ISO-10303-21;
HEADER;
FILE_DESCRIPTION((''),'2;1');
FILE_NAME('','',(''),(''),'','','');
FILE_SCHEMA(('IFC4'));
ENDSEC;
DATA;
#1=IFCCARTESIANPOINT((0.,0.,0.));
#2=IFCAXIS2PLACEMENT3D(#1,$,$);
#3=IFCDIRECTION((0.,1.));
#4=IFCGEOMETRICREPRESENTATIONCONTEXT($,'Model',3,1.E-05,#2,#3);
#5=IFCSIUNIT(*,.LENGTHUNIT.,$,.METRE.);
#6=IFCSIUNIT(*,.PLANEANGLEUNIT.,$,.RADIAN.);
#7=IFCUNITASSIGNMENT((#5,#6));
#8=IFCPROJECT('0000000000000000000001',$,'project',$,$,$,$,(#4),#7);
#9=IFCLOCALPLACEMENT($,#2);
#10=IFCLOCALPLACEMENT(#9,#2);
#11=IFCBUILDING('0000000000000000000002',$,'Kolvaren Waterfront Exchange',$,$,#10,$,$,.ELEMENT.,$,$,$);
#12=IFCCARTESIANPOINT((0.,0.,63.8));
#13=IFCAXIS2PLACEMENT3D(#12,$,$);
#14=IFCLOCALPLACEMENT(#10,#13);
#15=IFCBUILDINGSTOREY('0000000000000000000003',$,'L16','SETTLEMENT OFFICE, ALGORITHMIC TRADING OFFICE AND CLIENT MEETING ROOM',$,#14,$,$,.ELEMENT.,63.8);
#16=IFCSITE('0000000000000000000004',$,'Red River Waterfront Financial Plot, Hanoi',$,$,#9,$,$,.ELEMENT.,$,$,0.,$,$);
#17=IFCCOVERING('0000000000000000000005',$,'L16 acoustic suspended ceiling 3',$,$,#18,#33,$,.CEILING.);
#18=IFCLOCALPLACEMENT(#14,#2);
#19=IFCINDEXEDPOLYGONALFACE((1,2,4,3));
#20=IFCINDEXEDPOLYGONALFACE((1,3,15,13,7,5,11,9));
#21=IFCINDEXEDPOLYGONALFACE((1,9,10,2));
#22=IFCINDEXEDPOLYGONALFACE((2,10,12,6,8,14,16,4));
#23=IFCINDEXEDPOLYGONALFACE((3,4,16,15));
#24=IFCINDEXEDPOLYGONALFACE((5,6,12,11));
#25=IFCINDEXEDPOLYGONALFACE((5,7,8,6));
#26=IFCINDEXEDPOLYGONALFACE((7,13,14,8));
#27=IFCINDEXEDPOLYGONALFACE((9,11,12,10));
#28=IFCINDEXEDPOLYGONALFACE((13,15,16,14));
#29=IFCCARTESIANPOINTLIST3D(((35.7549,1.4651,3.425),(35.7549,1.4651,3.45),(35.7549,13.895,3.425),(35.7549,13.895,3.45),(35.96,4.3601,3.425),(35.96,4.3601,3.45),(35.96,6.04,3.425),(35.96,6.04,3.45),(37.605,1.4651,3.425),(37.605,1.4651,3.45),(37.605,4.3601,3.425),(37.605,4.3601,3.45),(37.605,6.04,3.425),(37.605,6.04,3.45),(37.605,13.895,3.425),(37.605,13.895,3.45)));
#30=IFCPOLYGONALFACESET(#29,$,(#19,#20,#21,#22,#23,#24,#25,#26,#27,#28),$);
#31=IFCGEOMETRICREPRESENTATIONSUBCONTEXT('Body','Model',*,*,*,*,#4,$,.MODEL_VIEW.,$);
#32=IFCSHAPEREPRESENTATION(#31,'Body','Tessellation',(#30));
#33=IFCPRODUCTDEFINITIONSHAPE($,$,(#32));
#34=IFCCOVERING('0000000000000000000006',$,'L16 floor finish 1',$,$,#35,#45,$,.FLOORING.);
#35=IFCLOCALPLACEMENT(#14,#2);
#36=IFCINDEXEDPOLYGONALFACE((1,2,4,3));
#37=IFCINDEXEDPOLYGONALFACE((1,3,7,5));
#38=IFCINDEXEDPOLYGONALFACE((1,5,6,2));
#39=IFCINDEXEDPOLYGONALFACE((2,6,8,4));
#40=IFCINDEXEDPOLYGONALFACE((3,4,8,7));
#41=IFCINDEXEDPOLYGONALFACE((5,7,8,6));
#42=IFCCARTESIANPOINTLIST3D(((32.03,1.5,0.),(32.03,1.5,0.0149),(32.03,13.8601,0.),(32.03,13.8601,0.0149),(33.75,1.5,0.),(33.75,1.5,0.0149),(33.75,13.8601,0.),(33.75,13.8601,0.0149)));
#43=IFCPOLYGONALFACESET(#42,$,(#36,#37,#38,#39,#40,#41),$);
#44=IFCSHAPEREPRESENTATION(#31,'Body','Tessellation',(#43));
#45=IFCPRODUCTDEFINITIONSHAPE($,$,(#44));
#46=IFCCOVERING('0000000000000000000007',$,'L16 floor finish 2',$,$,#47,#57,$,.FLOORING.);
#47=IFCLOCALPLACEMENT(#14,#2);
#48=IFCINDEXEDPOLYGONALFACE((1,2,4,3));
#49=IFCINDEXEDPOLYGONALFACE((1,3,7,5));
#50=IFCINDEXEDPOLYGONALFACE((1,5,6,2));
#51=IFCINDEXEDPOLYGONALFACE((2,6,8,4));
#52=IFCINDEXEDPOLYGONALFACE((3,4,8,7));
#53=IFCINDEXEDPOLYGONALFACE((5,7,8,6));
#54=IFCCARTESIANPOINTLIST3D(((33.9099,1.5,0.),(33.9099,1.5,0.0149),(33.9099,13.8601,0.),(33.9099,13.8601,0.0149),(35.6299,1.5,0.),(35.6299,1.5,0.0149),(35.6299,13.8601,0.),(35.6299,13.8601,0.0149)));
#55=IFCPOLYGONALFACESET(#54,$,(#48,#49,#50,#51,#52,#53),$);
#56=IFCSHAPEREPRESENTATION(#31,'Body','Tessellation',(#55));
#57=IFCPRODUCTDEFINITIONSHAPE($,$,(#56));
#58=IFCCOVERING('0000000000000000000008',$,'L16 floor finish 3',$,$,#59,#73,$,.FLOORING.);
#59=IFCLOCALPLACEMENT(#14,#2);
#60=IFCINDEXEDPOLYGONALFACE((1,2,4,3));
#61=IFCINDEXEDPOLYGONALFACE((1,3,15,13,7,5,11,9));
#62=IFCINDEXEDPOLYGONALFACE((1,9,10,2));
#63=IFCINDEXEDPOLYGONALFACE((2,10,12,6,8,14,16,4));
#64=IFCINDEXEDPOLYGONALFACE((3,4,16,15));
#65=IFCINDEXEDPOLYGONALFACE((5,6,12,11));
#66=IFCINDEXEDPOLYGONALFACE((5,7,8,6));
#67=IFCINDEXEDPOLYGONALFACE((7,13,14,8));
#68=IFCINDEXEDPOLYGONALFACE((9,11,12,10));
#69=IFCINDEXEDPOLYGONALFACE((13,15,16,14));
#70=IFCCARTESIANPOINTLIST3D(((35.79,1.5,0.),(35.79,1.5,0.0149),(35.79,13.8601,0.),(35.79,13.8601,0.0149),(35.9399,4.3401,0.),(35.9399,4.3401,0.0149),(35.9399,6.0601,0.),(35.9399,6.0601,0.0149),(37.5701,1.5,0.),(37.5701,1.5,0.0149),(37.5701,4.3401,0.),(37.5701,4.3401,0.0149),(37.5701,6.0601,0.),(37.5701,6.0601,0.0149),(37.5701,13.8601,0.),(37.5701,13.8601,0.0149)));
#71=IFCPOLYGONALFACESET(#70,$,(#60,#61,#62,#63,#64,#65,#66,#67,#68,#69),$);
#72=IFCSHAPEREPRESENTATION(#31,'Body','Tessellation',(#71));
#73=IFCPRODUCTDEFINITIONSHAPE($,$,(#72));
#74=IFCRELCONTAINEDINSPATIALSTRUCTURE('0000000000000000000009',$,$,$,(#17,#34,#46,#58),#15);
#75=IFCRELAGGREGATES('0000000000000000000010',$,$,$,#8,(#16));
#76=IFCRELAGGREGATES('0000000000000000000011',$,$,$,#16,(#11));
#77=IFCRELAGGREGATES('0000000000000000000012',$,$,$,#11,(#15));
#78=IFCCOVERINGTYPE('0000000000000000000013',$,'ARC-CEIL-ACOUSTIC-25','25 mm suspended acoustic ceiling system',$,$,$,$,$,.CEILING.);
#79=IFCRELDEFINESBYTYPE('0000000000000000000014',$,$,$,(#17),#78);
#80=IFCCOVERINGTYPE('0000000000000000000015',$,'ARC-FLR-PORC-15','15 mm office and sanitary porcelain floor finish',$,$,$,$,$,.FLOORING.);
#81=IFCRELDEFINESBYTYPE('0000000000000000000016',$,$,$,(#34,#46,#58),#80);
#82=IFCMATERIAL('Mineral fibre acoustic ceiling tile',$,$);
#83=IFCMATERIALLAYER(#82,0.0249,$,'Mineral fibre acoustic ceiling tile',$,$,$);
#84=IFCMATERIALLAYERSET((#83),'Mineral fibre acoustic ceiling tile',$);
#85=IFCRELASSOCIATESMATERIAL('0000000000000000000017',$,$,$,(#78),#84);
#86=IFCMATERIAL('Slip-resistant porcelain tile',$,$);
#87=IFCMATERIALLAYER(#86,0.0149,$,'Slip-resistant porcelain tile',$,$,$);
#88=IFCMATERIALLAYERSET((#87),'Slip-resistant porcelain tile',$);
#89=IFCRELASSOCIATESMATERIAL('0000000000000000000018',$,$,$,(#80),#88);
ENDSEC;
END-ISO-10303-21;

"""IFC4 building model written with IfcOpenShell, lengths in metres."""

from ifc_helpers import new_model, si_unit, direction, frame, origin, place, context, subcontext, project, spatial, polyline, outline, extrude, material, layer, layer_set, type_object, element, save


model = new_model("IFC4")

# Units and contexts
model_context = context("Model", 3, precision=1e-05, world=origin(), true_north=direction((0.0, 1.0)))
body_context = subcontext(model_context, "Body", "Model", "MODEL_VIEW")
ifc_project = project(units=[si_unit("LENGTHUNIT", "METRE"), si_unit("PLANEANGLEUNIT", "RADIAN")], contexts=[model_context])

# Site, building, storey
site_placement = place(None, origin())
site = spatial("IfcSite", under=ifc_project, at=site_placement, Name="Red River Waterfront Financial Plot, Hanoi", CompositionType="ELEMENT", RefElevation=0.0)
building_placement = place(site_placement, origin())
building = spatial("IfcBuilding", under=site, at=building_placement, Name="Kolvaren Waterfront Exchange", CompositionType="ELEMENT")
storey_placement = place(building_placement, frame((0.0, 0.0, 63.8)))
storey = spatial("IfcBuildingStorey", under=building, at=storey_placement, Name="L16", Description="SETTLEMENT OFFICE, ALGORITHMIC TRADING OFFICE AND CLIENT MEETING ROOM", CompositionType="ELEMENT", Elevation=63.8)

# Coverings
ifc_material_1 = material(Name="Mineral fibre acoustic ceiling tile")
ifc_layer_1 = layer(ifc_material_1, 0.0249, Name="Mineral fibre acoustic ceiling tile")
ifc_layer_set_1 = layer_set([ifc_layer_1], Name="Mineral fibre acoustic ceiling tile")
covering_type_1 = type_object("IfcCoveringType", Name="ARC-CEIL-ACOUSTIC-25", Description="25 mm suspended acoustic ceiling system", PredefinedType="CEILING", material=ifc_layer_set_1)
covering_1_placement = place(storey_placement, frame((0.0, 0.0, 3.425)))
element("IfcCovering", 1, at=covering_1_placement, inside=storey, type_object=covering_type_1, Name="L16 acoustic suspended ceiling 3", PredefinedType="CEILING", context=body_context, shape_type="SweptSolid", body=[
    extrude(outline(polyline([(37.605, 4.3601), (35.96, 4.3601), (35.96, 6.04), (37.605, 6.04), (37.605, 13.895), (35.7549, 13.895), (35.7549, 1.4651), (37.605, 1.4651), (37.605, 4.3601)])), origin(), (0.0, 0.0, 1.0), 0.0249),
])
ifc_material_2 = material(Name="Slip-resistant porcelain tile")
ifc_layer_2 = layer(ifc_material_2, 0.0149, Name="Slip-resistant porcelain tile")
ifc_layer_set_2 = layer_set([ifc_layer_2], Name="Slip-resistant porcelain tile")
covering_type_2 = type_object("IfcCoveringType", Name="ARC-FLR-PORC-15", Description="15 mm office and sanitary porcelain floor finish", PredefinedType="FLOORING", material=ifc_layer_set_2)
covering_2_placement = place(storey_placement, origin())
element("IfcCovering", 2, at=covering_2_placement, inside=storey, type_object=covering_type_2, Name="L16 floor finish 1", PredefinedType="FLOORING", context=body_context, shape_type="SweptSolid", body=[
    extrude(outline(polyline([(32.03, 13.8601), (32.03, 1.5), (33.75, 1.5), (33.75, 13.8601), (32.03, 13.8601)])), origin(), (0.0, 0.0, 1.0), 0.0149),
])
covering_3_placement = place(storey_placement, origin())
element("IfcCovering", 3, at=covering_3_placement, inside=storey, type_object=covering_type_2, Name="L16 floor finish 2", PredefinedType="FLOORING", context=body_context, shape_type="SweptSolid", body=[
    extrude(outline(polyline([(33.9099, 13.8601), (33.9099, 1.5), (35.6299, 1.5), (35.6299, 13.8601), (33.9099, 13.8601)])), origin(), (0.0, 0.0, 1.0), 0.0149),
])
covering_4_placement = place(storey_placement, origin())
element("IfcCovering", 4, at=covering_4_placement, inside=storey, type_object=covering_type_2, Name="L16 floor finish 3", PredefinedType="FLOORING", context=body_context, shape_type="SweptSolid", body=[
    extrude(outline(polyline([(35.79, 13.8601), (35.79, 1.5), (37.5701, 1.5), (37.5701, 4.3401), (35.9399, 4.3401), (35.9399, 6.0601), (37.5701, 6.0601), (37.5701, 13.8601), (35.79, 13.8601)])), origin(), (0.0, 0.0, 1.0), 0.0149),
])

save(model, "model.ifc")
